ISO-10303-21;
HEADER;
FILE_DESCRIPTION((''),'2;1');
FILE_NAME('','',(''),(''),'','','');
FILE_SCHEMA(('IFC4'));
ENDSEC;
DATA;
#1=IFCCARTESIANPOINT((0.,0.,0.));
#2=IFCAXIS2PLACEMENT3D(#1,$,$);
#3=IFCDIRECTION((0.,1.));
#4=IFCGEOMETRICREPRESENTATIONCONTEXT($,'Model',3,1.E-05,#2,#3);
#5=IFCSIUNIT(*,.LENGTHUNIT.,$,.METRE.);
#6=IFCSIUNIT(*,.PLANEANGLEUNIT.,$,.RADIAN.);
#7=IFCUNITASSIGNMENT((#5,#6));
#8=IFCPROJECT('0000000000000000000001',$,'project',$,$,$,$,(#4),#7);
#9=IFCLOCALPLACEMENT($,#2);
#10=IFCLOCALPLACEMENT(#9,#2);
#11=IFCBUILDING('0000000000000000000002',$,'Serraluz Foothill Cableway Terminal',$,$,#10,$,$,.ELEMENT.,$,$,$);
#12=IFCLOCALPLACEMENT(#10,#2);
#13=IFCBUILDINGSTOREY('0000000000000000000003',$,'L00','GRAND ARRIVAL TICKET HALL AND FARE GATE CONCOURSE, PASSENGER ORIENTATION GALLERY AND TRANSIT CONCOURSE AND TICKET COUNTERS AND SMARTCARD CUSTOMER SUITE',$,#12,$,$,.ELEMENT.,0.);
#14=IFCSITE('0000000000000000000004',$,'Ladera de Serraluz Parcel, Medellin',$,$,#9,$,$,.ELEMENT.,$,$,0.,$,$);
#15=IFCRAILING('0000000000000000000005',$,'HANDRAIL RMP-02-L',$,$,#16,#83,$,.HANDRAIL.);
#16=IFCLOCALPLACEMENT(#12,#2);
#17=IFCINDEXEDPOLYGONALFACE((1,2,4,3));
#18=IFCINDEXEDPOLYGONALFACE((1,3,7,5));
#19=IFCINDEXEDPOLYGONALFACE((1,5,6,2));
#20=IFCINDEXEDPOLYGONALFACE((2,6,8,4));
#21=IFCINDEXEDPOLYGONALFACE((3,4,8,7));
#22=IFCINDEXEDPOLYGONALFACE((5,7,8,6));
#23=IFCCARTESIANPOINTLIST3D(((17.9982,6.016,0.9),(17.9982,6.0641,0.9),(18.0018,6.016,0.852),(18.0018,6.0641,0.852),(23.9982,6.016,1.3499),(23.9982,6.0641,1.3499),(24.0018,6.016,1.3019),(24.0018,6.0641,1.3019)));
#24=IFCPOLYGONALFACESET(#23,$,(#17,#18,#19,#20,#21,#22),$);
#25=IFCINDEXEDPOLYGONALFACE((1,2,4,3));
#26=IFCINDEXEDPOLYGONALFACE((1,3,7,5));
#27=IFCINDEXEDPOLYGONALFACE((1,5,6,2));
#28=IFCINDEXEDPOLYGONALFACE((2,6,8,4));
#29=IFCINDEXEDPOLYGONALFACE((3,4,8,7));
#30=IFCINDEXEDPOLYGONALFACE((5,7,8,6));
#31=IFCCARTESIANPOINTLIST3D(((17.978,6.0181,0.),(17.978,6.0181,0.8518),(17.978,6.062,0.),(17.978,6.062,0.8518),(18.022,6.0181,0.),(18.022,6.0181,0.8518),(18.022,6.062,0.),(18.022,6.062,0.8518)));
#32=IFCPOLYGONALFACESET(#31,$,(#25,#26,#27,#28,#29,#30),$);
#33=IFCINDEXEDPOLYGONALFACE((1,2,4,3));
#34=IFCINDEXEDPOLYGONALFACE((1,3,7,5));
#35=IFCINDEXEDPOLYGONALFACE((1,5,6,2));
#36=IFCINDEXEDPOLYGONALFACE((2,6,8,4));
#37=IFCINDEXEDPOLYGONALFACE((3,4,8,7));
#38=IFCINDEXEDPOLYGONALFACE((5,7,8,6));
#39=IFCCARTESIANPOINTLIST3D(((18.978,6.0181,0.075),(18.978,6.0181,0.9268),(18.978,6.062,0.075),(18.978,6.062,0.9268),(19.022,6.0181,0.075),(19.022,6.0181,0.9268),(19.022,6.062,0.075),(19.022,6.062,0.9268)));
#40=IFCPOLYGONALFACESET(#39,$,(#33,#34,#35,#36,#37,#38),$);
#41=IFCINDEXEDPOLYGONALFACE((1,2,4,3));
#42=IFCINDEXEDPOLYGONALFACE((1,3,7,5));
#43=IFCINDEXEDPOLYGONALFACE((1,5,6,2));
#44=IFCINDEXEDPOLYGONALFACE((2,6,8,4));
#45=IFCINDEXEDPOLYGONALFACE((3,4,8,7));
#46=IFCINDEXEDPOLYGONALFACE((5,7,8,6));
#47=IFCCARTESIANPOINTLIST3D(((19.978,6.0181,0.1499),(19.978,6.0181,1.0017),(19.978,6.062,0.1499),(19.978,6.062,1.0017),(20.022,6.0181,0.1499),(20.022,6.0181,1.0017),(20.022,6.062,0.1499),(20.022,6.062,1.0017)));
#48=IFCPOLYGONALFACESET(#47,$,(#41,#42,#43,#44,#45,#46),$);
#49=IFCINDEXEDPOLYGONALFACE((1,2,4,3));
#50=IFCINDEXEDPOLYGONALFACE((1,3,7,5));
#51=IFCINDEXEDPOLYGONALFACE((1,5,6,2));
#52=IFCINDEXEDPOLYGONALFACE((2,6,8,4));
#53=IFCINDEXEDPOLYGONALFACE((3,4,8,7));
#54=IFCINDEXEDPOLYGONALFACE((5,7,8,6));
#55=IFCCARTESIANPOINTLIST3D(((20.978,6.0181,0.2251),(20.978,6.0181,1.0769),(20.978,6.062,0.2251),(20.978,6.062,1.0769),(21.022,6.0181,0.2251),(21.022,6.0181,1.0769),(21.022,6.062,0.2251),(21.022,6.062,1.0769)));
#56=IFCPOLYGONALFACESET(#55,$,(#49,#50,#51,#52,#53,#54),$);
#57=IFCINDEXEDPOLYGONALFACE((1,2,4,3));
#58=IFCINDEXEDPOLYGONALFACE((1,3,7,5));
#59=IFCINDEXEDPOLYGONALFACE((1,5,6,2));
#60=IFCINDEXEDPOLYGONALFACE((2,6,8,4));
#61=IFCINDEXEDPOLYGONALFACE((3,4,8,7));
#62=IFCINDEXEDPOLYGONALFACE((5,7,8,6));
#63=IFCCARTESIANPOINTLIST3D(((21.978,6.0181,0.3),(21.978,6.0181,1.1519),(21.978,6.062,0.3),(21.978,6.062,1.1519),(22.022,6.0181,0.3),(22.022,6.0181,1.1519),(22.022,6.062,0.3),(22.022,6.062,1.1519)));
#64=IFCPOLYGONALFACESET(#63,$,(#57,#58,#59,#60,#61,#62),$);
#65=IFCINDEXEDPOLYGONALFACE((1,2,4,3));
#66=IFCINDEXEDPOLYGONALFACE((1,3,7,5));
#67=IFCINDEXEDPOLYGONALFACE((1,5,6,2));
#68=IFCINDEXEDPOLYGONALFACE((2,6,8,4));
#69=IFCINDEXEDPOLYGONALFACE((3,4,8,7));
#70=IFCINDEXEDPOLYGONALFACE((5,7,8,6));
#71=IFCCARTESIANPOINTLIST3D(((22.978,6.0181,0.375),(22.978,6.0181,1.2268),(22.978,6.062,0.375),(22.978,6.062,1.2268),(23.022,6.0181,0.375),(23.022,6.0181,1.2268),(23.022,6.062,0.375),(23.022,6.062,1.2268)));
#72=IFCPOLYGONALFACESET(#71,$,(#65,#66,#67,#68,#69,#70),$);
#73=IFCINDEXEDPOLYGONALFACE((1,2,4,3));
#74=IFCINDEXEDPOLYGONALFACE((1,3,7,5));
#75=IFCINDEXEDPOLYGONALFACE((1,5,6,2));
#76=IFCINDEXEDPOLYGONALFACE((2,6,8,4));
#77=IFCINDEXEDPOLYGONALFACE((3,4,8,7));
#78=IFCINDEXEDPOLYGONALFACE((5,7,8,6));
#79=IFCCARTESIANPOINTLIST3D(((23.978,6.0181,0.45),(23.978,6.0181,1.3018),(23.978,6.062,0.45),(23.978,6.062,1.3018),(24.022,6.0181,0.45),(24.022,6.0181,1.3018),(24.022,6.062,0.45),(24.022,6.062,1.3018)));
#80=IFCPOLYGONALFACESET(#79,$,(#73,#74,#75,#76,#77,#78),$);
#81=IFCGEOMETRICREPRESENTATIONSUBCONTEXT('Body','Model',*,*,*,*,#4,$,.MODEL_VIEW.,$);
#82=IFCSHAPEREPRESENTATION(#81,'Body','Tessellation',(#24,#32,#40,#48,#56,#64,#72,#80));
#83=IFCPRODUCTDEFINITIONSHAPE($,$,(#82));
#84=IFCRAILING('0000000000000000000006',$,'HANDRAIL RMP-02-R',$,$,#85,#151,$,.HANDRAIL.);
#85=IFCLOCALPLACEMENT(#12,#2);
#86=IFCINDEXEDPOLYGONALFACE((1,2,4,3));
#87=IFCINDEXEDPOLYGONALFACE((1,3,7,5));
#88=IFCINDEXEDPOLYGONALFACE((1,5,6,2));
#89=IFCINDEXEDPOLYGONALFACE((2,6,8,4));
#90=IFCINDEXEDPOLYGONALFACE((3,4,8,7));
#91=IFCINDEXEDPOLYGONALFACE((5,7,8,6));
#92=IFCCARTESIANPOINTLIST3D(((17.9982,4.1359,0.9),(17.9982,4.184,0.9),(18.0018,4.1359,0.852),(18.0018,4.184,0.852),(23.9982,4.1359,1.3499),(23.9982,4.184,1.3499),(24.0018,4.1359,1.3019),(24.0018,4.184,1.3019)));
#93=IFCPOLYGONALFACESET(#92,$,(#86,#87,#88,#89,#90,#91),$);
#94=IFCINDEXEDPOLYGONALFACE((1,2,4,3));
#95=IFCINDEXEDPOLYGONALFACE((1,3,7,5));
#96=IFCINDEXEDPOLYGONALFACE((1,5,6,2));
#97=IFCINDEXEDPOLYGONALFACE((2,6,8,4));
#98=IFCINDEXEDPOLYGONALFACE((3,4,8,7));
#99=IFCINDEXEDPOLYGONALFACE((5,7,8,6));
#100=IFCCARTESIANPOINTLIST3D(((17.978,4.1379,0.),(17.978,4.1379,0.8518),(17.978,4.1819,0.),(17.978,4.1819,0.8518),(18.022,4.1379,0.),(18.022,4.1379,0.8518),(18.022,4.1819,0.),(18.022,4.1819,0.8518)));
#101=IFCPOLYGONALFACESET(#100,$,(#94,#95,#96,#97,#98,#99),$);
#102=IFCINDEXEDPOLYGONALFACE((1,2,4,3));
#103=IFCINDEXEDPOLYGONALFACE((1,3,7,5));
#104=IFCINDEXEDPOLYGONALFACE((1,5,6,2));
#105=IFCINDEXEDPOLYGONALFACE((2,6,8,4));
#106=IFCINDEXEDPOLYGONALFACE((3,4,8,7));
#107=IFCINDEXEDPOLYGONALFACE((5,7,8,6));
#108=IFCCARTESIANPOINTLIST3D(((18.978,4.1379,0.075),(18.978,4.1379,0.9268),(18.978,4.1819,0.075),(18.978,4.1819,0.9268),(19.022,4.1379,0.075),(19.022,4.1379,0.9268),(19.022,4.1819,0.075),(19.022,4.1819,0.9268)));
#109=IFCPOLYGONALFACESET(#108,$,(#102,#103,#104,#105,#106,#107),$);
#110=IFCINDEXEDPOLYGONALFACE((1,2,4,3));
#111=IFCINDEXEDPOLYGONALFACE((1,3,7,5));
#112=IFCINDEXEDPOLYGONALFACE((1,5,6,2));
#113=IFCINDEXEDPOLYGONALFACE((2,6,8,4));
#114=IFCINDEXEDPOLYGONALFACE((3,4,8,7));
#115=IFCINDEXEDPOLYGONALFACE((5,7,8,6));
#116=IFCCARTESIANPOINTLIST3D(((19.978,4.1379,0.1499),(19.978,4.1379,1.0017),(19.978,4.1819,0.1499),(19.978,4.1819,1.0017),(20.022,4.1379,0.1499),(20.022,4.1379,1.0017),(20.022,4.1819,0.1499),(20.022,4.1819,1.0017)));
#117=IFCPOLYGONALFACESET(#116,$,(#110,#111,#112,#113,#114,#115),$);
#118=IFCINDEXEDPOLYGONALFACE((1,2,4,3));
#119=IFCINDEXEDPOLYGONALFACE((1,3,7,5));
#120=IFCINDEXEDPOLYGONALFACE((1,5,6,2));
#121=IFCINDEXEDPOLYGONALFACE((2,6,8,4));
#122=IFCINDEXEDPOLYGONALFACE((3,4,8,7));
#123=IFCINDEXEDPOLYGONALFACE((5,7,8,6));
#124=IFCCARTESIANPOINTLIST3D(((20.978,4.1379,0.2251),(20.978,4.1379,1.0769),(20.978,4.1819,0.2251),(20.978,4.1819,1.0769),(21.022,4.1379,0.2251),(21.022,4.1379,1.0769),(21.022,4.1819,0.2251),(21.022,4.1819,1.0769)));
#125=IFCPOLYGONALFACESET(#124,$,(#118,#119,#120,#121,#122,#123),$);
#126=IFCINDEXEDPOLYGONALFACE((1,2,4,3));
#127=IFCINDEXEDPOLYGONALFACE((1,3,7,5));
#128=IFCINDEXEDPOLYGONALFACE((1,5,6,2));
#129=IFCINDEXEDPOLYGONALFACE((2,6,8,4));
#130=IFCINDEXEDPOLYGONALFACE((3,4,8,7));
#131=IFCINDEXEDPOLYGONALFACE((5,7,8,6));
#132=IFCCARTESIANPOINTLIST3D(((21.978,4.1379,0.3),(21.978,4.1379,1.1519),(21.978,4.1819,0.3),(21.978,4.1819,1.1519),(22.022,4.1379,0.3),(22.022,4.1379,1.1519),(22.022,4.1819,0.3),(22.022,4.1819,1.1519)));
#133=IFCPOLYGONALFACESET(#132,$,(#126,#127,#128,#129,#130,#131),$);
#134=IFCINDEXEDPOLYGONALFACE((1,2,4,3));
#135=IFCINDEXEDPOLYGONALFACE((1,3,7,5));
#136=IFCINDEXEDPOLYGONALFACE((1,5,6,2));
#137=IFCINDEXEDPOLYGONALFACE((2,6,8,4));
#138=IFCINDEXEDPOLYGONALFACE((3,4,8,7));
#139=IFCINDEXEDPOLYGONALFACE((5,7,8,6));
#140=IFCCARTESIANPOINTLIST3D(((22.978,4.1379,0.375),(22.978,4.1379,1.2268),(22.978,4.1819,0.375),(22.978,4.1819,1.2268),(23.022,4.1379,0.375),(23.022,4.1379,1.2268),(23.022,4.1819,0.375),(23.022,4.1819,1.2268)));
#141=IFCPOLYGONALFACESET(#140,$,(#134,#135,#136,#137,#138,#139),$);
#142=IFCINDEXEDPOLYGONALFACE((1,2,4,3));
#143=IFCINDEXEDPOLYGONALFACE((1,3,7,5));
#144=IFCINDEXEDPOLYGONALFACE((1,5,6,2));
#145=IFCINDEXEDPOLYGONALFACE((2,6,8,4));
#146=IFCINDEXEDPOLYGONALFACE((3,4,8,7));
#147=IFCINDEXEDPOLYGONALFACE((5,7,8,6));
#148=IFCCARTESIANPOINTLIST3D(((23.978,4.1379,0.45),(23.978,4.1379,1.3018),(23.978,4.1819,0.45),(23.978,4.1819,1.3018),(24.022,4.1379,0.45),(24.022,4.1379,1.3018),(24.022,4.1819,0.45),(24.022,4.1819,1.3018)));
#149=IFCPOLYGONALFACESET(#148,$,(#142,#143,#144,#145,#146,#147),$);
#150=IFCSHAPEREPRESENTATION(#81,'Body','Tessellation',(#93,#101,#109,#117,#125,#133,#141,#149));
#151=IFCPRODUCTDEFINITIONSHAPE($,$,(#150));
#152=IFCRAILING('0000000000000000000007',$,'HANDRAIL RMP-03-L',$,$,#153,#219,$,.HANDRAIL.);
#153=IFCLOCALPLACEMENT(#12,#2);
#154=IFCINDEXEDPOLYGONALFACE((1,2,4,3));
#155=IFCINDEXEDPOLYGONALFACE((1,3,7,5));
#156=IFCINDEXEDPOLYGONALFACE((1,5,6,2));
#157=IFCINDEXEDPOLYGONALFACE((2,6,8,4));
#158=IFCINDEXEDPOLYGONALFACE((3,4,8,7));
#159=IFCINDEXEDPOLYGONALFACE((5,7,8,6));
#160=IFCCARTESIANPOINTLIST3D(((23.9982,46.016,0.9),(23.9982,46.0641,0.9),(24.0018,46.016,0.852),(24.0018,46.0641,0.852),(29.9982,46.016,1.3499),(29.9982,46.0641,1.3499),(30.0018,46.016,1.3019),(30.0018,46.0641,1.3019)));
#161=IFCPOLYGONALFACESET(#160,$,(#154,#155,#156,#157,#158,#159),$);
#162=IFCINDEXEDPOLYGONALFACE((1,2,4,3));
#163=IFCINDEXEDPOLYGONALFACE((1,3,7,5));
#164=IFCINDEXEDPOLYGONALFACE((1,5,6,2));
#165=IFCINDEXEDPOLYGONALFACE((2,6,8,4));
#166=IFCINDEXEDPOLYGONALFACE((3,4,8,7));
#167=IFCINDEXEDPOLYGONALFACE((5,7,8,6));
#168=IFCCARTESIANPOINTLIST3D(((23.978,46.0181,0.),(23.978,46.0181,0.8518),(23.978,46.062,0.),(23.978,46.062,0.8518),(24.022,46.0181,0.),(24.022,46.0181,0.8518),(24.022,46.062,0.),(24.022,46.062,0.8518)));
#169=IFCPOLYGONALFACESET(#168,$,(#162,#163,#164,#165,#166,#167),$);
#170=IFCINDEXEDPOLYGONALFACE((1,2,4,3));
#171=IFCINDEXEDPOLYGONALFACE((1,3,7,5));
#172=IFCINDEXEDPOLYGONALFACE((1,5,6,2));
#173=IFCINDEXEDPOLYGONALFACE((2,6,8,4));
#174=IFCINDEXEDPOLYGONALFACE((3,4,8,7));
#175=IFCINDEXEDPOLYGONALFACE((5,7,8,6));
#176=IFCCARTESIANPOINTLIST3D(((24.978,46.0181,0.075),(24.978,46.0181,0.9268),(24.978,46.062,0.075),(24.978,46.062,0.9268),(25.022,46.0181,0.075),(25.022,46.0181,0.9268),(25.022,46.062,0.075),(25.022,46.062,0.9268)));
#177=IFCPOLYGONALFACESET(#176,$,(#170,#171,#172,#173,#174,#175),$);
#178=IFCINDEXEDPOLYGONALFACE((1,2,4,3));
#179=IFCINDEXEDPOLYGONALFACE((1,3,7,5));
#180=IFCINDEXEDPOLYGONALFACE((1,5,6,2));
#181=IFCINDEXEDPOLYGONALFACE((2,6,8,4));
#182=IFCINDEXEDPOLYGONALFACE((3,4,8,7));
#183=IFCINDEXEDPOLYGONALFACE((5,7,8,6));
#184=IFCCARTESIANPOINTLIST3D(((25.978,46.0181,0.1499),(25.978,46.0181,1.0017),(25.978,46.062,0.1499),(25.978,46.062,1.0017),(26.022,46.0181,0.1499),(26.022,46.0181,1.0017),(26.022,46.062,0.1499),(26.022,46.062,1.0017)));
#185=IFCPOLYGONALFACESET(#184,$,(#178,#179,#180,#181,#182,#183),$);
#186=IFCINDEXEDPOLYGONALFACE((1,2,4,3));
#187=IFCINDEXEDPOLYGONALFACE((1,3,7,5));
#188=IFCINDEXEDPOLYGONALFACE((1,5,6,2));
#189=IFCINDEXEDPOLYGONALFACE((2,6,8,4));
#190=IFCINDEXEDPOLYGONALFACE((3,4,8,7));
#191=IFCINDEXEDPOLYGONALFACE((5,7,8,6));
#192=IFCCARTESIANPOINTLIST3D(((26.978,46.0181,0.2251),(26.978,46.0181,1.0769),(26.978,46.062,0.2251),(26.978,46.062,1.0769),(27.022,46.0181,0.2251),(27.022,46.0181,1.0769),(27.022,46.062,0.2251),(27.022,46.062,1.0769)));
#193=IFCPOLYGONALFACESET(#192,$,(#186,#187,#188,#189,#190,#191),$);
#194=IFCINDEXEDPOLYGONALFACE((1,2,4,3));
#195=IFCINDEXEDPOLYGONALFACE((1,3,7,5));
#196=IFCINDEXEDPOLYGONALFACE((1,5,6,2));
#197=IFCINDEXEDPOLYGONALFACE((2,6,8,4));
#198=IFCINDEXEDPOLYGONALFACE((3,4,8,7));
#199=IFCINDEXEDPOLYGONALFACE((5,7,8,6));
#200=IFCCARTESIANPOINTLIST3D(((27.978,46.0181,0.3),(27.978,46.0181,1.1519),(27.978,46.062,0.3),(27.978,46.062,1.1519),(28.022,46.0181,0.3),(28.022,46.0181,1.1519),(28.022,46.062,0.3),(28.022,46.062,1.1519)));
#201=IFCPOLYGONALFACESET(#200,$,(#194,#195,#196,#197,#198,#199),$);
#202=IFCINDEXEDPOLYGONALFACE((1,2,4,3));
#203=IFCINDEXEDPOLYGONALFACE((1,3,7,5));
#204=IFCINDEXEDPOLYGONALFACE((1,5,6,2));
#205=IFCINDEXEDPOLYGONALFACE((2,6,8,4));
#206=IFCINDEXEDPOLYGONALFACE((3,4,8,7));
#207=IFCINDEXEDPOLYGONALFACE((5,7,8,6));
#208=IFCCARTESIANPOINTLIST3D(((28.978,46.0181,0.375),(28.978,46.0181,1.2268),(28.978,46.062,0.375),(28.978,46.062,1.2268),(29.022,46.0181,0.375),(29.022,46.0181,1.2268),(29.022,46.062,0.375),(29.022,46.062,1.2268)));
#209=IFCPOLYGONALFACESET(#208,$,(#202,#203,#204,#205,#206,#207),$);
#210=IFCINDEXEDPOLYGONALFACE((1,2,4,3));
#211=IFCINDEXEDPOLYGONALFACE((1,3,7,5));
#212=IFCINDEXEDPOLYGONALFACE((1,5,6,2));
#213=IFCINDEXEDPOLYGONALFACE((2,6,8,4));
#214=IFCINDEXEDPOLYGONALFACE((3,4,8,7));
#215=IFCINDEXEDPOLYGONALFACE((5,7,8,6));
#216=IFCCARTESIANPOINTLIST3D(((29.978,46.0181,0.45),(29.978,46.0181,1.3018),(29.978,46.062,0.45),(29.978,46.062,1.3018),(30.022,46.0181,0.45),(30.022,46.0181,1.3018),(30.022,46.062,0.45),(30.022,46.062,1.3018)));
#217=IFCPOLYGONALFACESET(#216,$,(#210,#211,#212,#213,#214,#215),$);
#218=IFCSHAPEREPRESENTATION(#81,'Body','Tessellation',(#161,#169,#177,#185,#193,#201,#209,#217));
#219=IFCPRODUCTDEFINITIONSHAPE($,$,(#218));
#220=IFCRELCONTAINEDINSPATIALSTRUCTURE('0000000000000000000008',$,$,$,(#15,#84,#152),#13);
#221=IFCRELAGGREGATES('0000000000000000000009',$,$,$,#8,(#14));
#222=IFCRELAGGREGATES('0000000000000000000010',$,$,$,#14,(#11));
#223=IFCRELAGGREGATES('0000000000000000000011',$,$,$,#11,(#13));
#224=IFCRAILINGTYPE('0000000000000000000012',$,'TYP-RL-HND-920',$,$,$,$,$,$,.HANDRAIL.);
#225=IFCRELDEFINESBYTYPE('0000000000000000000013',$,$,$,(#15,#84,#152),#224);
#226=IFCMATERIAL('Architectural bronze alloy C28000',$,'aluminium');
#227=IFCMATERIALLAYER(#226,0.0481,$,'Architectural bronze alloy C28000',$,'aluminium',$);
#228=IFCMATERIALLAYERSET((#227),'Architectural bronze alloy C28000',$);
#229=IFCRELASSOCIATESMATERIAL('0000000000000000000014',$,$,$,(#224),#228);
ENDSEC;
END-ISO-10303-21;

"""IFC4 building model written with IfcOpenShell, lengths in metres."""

from ifc_helpers import new_model, si_unit, direction, frame, origin, origin_2d, place, context, subcontext, project, spatial, rectangle, extrude, material, layer, layer_set, type_object, element, save


model = new_model("IFC4")

# Units and contexts
model_context = context("Model", 3, precision=1e-05, world=origin(), true_north=direction((0.0, 1.0)))
body_context = subcontext(model_context, "Body", "Model", "MODEL_VIEW")
ifc_project = project(units=[si_unit("LENGTHUNIT", "METRE"), si_unit("PLANEANGLEUNIT", "RADIAN")], contexts=[model_context])

# Site, building, storey
site_placement = place(None, origin())
site = spatial("IfcSite", under=ifc_project, at=site_placement, Name="Ladera de Serraluz Parcel, Medellin", CompositionType="ELEMENT", RefElevation=0.0)
building_placement = place(site_placement, origin())
building = spatial("IfcBuilding", under=site, at=building_placement, Name="Serraluz Foothill Cableway Terminal", CompositionType="ELEMENT")
storey_placement = place(building_placement, origin())
storey = spatial("IfcBuildingStorey", under=building, at=storey_placement, Name="L00", Description="GRAND ARRIVAL TICKET HALL AND FARE GATE CONCOURSE, PASSENGER ORIENTATION GALLERY AND TRANSIT CONCOURSE AND TICKET COUNTERS AND SMARTCARD CUSTOMER SUITE", CompositionType="ELEMENT", Elevation=0.0)

# Shared definitions
ifc_material_1 = material(Name="Architectural bronze alloy C28000", Category="aluminium")

# Railings
ifc_layer_1 = layer(ifc_material_1, 0.0481, Name="Architectural bronze alloy C28000", Category="aluminium")
ifc_layer_set_1 = layer_set([ifc_layer_1], Name="Architectural bronze alloy C28000")
railing_type = type_object("IfcRailingType", Name="TYP-RL-HND-920", PredefinedType="HANDRAIL", material=ifc_layer_set_1)
for number, where, name in (
    (1, (18.0, 6.04, 0.0), "HANDRAIL RMP-02-L"),
    (2, (18.0, 4.1599, 0.0), "HANDRAIL RMP-02-R"),
    (3, (24.0, 46.04, 0.0), "HANDRAIL RMP-03-L"),
):
    element("IfcRailing", number, at=place(storey_placement, frame(where)), inside=storey, type_object=railing_type, Name=name, PredefinedType="HANDRAIL", context=body_context, shape_type="SweptSolid", body=[
        extrude(rectangle(XDim=0.0481, YDim=0.0481, at=origin_2d()), frame((0.0, 0.0, 0.876), z_axis=(0.9972, 0.0, 0.074782), x_axis=(0.0, 1.0, 0.0)), (0.0, 0.0, 1.0), 6.0168),
        extrude(rectangle(XDim=0.0439, YDim=0.0439, at=origin_2d()), origin(), (0.0, 0.0, 1.0), 0.8518),
        extrude(rectangle(XDim=0.0439, YDim=0.0439, at=origin_2d()), frame((1.0, 0.0, 0.075)), (0.0, 0.0, 1.0), 0.8518),
        extrude(rectangle(XDim=0.0439, YDim=0.0439, at=origin_2d()), frame((2.0, 0.0, 0.1499)), (0.0, 0.0, 1.0), 0.8518),
        extrude(rectangle(XDim=0.0439, YDim=0.0439, at=origin_2d()), frame((3.0, 0.0, 0.2251)), (0.0, 0.0, 1.0), 0.8518),
        extrude(rectangle(XDim=0.0439, YDim=0.0439, at=origin_2d()), frame((4.0, 0.0, 0.3)), (0.0, 0.0, 1.0), 0.8518),
        extrude(rectangle(XDim=0.0439, YDim=0.0439, at=origin_2d()), frame((5.0, 0.0, 0.375)), (0.0, 0.0, 1.0), 0.8518),
        extrude(rectangle(XDim=0.0439, YDim=0.0439, at=origin_2d()), frame((6.0, 0.0, 0.45)), (0.0, 0.0, 1.0), 0.8518),
    ])

save(model, "model.ifc")
